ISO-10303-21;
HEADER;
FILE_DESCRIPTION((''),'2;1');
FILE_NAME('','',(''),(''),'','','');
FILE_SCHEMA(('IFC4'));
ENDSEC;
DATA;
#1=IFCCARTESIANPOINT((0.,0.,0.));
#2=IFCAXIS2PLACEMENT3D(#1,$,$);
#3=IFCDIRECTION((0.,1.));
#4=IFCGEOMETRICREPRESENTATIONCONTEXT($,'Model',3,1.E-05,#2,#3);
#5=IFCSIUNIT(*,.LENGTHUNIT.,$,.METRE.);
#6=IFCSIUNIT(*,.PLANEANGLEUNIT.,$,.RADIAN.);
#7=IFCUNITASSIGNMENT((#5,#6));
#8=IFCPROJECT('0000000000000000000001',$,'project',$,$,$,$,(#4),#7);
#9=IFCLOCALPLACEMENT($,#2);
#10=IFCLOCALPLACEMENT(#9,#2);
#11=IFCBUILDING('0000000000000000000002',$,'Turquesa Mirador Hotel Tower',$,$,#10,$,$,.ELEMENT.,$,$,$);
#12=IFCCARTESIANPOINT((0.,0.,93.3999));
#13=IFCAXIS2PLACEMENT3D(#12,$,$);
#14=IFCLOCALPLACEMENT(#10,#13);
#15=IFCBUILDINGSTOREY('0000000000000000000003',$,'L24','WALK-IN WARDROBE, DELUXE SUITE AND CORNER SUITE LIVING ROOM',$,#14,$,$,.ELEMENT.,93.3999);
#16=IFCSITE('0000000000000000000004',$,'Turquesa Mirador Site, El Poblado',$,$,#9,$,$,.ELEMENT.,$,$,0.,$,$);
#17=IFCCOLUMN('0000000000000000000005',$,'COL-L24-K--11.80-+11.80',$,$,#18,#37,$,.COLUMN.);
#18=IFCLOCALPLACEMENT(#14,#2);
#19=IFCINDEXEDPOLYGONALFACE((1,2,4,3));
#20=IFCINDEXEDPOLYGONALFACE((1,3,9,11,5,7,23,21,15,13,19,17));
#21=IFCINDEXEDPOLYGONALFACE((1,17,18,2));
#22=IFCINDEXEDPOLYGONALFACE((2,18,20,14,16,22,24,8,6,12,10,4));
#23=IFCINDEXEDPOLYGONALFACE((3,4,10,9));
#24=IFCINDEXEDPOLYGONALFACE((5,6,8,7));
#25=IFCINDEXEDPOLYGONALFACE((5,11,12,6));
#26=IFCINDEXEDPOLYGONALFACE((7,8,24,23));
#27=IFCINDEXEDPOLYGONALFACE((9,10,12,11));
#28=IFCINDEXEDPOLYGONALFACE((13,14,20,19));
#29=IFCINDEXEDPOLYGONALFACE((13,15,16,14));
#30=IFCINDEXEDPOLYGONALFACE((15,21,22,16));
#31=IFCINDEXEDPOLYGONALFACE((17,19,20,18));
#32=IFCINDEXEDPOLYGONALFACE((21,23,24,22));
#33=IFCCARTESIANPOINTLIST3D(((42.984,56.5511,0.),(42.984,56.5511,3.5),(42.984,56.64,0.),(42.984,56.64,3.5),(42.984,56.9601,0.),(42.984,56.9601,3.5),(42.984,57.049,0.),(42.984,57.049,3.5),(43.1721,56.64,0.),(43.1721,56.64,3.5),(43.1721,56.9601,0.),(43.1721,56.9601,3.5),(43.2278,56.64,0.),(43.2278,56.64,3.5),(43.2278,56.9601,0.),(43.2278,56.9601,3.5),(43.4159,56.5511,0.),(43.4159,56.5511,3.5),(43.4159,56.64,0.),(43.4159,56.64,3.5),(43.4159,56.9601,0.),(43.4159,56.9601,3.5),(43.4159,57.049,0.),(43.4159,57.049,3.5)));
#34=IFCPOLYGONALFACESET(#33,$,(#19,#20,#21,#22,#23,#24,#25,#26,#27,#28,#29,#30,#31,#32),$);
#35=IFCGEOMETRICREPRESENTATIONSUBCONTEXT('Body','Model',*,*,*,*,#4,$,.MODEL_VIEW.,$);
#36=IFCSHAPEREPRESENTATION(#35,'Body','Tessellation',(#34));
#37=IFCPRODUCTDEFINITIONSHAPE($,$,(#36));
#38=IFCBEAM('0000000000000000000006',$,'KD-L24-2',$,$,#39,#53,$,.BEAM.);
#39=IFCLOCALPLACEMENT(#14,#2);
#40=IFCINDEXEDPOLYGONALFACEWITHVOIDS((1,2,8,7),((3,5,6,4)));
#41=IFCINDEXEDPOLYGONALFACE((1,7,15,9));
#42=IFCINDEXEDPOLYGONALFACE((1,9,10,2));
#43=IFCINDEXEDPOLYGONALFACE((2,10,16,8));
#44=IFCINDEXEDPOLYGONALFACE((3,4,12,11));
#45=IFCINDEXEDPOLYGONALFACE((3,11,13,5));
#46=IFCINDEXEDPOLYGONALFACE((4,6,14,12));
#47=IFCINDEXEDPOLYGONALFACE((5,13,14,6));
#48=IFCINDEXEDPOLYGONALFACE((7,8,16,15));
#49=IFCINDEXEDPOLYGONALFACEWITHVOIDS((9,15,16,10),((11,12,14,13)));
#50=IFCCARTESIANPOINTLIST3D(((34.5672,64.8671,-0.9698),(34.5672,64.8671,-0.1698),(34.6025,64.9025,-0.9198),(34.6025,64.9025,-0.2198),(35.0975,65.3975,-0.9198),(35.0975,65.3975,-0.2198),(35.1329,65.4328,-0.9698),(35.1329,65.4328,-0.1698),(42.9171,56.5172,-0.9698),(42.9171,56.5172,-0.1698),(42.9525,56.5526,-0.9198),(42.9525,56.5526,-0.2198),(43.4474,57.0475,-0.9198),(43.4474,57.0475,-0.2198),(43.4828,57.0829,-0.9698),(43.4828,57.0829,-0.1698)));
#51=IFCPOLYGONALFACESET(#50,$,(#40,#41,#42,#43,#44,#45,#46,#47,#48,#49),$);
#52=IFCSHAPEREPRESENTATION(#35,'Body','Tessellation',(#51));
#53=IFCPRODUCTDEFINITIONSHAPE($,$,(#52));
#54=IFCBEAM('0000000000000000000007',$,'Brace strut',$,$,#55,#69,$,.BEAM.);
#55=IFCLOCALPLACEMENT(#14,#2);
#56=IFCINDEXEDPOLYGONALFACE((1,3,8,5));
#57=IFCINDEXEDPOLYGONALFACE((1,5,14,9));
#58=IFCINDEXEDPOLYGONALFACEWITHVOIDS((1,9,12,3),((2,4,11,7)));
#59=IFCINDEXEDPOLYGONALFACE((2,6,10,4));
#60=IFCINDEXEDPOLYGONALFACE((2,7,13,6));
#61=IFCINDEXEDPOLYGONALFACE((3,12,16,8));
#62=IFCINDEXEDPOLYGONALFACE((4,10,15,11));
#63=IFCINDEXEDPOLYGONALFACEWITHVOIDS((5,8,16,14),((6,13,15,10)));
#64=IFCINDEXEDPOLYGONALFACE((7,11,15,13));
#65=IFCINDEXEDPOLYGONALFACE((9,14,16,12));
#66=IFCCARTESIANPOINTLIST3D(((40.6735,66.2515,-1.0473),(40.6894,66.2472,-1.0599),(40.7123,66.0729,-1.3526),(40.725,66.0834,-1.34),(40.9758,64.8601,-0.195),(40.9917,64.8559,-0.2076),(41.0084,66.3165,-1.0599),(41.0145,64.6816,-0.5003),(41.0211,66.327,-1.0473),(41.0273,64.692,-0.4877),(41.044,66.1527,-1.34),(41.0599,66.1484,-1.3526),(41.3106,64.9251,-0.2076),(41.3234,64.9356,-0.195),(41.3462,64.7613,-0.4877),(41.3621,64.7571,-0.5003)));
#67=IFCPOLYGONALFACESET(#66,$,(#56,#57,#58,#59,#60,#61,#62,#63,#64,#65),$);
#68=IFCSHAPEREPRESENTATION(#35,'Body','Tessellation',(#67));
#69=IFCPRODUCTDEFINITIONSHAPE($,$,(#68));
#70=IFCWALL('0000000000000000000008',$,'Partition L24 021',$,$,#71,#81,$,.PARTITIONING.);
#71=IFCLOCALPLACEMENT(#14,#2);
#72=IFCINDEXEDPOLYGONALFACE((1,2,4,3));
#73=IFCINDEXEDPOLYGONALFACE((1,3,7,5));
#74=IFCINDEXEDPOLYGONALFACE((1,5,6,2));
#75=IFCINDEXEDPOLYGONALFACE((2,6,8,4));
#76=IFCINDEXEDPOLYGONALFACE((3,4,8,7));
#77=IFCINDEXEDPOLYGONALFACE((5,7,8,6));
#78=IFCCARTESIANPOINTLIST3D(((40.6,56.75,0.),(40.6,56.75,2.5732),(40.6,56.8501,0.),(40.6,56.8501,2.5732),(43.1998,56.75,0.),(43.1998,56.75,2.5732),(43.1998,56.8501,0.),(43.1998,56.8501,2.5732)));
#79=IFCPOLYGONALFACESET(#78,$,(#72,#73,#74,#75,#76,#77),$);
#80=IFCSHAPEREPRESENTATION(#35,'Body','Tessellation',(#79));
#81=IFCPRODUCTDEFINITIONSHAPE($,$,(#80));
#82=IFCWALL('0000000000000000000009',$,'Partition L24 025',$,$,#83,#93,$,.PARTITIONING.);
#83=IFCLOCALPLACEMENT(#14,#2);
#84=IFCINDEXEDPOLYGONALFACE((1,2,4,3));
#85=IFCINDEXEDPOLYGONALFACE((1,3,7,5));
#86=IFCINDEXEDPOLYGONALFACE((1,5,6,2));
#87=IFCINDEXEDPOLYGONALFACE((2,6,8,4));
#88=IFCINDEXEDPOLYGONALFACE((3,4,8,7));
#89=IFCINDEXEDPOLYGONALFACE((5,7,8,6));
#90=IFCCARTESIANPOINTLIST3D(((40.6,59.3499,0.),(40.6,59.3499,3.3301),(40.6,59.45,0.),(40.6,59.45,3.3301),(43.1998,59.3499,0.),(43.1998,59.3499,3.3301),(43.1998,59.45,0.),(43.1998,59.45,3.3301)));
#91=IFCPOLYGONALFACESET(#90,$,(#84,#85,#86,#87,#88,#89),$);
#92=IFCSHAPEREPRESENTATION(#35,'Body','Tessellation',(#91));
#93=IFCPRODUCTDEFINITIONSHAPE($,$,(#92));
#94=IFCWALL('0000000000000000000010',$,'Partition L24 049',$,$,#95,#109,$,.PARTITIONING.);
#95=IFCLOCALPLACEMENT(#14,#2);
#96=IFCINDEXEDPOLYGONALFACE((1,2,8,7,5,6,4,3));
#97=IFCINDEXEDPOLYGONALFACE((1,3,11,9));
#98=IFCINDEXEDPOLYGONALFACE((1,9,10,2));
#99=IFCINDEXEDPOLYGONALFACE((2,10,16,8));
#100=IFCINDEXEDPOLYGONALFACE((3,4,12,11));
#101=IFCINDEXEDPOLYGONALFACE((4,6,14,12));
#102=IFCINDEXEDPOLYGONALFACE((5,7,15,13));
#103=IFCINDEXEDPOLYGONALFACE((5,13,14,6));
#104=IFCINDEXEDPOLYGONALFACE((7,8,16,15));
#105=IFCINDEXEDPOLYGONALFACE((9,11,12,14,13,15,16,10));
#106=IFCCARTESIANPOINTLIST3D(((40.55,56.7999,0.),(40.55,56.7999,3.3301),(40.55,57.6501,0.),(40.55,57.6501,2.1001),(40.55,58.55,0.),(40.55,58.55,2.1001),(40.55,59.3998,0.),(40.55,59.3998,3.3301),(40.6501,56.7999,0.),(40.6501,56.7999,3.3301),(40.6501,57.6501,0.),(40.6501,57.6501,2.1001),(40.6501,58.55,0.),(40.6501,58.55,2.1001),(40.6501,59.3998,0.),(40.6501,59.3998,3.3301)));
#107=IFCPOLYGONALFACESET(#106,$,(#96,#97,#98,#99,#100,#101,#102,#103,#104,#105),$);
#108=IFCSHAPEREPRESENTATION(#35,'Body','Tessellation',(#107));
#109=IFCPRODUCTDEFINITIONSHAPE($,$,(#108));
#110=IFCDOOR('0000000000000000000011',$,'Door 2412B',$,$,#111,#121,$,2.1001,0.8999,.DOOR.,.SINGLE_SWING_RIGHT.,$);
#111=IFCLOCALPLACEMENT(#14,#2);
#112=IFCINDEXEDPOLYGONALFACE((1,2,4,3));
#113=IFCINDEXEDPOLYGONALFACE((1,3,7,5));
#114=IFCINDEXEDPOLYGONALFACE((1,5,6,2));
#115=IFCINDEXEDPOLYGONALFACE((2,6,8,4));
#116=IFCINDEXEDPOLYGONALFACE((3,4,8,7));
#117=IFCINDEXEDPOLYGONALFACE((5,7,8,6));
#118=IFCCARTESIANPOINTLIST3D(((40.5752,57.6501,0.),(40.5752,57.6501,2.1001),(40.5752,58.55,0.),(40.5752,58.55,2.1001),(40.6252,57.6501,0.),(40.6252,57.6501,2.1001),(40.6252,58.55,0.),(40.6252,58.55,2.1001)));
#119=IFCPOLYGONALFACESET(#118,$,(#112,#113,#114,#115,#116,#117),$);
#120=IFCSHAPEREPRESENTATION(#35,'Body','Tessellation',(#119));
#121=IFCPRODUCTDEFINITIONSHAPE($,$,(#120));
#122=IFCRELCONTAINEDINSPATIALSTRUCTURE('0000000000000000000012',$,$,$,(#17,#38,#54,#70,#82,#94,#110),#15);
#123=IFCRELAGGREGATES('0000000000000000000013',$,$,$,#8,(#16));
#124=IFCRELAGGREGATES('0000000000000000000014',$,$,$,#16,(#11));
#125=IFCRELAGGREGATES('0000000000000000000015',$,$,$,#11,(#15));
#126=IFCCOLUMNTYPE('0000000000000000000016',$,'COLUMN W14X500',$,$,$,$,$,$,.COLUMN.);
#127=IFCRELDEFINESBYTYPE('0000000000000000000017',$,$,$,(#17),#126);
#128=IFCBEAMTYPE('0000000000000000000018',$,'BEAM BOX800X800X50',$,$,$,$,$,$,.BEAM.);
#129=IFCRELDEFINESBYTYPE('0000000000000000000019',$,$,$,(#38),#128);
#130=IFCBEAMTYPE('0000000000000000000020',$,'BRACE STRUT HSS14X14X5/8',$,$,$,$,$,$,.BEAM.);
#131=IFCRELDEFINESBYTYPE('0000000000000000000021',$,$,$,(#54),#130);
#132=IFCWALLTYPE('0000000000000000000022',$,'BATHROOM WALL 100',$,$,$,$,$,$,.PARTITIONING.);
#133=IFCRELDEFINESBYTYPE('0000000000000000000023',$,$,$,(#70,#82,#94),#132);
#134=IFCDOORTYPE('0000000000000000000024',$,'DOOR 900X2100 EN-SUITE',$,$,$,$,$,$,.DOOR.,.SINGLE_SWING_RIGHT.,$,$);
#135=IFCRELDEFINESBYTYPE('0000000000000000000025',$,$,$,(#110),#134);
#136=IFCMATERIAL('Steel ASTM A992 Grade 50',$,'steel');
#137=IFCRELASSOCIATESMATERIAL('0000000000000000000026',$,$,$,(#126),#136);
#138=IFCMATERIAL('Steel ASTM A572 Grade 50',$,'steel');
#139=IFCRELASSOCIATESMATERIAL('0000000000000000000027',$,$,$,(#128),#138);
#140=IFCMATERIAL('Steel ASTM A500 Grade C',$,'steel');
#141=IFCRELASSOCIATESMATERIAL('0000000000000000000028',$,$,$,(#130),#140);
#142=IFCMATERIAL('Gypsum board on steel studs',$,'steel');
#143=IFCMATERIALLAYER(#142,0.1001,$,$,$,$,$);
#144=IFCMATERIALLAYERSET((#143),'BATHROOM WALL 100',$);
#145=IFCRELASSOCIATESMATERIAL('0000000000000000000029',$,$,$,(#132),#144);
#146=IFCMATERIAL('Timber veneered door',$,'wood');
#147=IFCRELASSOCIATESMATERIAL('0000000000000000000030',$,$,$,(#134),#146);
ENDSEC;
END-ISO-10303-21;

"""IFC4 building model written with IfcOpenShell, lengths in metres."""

from ifc_helpers import new_model, si_unit, direction, frame, frame_2d, origin, origin_2d, place, context, subcontext, project, spatial, rectangle, hollow_rectangle, i_section, extrude, material, layer, layer_set, material_profile, profile_set, type_object, element, fill, save


model = new_model("IFC4")

# Units and contexts
model_context = context("Model", 3, precision=1e-05, world=origin(), true_north=direction((0.0, 1.0)))
body_context = subcontext(model_context, "Body", "Model", "MODEL_VIEW")
ifc_project = project(units=[si_unit("LENGTHUNIT", "METRE"), si_unit("PLANEANGLEUNIT", "RADIAN")], contexts=[model_context])

# Site, building, storey
site_placement = place(None, origin())
site = spatial("IfcSite", under=ifc_project, at=site_placement, Name="Turquesa Mirador Site, El Poblado", CompositionType="ELEMENT", RefElevation=0.0)
building_placement = place(site_placement, origin())
building = spatial("IfcBuilding", under=site, at=building_placement, Name="Turquesa Mirador Hotel Tower", CompositionType="ELEMENT")
storey_placement = place(building_placement, frame((0.0, 0.0, 93.3999)))
storey = spatial("IfcBuildingStorey", under=building, at=storey_placement, Name="L24", Description="WALK-IN WARDROBE, DELUXE SUITE AND CORNER SUITE LIVING ROOM", CompositionType="ELEMENT", Elevation=93.3999)

# Column
ifc_material_1 = material(Name="Steel ASTM A992 Grade 50", Category="steel")
ifc_material_profile_1 = material_profile(ifc_material_1, i_section(OverallWidth=0.4319, OverallDepth=0.4978, WebThickness=0.0557, FlangeThickness=0.0889, at=origin_2d()), Name="W14X500")
ifc_profile_set_1 = profile_set([ifc_material_profile_1], Name="Steel ASTM A992 Grade 50")
column_type = type_object("IfcColumnType", Name="COLUMN W14X500", PredefinedType="COLUMN", material=ifc_profile_set_1)
column_placement = place(storey_placement, frame((43.2, 56.8, 0.0), z_axis=(0.0, 0.0, 1.0), x_axis=(1.0, 0.0, 0.0)))
element("IfcColumn", 1, at=column_placement, inside=storey, type_object=column_type, Name="COL-L24-K--11.80-+11.80", PredefinedType="COLUMN", context=body_context, shape_type="SweptSolid", body=[
    extrude(i_section(OverallWidth=0.4319, OverallDepth=0.4978, WebThickness=0.0557, FlangeThickness=0.0889, at=origin_2d()), origin(), (0.0, 0.0, 1.0), 3.5),
])

# Beams
ifc_material_2 = material(Name="Steel ASTM A572 Grade 50", Category="steel")
ifc_material_profile_2 = material_profile(ifc_material_2, hollow_rectangle(XDim=0.8, YDim=0.8, WallThickness=0.05, at=origin_2d()), Name="BOX800X800X50")
ifc_profile_set_2 = profile_set([ifc_material_profile_2], Name="Steel ASTM A572 Grade 50")
beam_type_1 = type_object("IfcBeamType", Name="BEAM BOX800X800X50", PredefinedType="BEAM", material=ifc_profile_set_2)
beam_1_placement = place(storey_placement, frame((43.2, 56.8, -0.5698), z_axis=(-0.707107, 0.707107, 0.0), x_axis=(-0.707107, -0.707107, 0.0)))
element("IfcBeam", 2, at=beam_1_placement, inside=storey, type_object=beam_type_1, Name="KD-L24-2", PredefinedType="BEAM", context=body_context, shape_type="SweptSolid", body=[
    extrude(hollow_rectangle(XDim=0.8, YDim=0.8, WallThickness=0.05, at=origin_2d()), origin(), (0.0, 0.0, 1.0), 11.8086),
])
ifc_material_3 = material(Name="Steel ASTM A500 Grade C", Category="steel")
ifc_material_profile_3 = material_profile(ifc_material_3, hollow_rectangle(XDim=0.3557, YDim=0.3557, WallThickness=0.0146, at=origin_2d()), Name="HSS14X14X5/8")
ifc_profile_set_3 = profile_set([ifc_material_profile_3], Name="Steel ASTM A500 Grade C")
beam_type_2 = type_object("IfcBeamType", Name="BRACE STRUT HSS14X14X5/8", PredefinedType="BEAM", material=ifc_profile_set_3)
beam_2_placement = place(storey_placement, frame((40.8667, 66.2, -1.2), z_axis=(0.182141, -0.838466, 0.513614), x_axis=(0.977209, 0.21228, 0.0)))
element("IfcBeam", 3, at=beam_2_placement, inside=storey, type_object=beam_type_2, Name="Brace strut", PredefinedType="BEAM", context=body_context, shape_type="SweptSolid", body=[
    extrude(hollow_rectangle(XDim=0.3557, YDim=0.3557, WallThickness=0.0146, at=origin_2d()), origin(), (0.0, 0.0, 1.0), 1.6594),
])

# Walls
ifc_material_4 = material(Name="Gypsum board on steel studs", Category="steel")
ifc_layer_1 = layer(ifc_material_4, 0.1001)
ifc_layer_set_1 = layer_set([ifc_layer_1], Name="BATHROOM WALL 100")
wall_type_1 = type_object("IfcWallType", Name="BATHROOM WALL 100", PredefinedType="PARTITIONING", material=ifc_layer_set_1)
wall_1_placement = place(storey_placement, frame((40.6001, 56.8, 0.0), z_axis=(0.0, 0.0, 1.0), x_axis=(1.0, 0.0, 0.0)))
element("IfcWall", 4, at=wall_1_placement, inside=storey, type_object=wall_type_1, Name="Partition L24 021", PredefinedType="PARTITIONING", context=body_context, shape_type="SweptSolid", body=[
    extrude(rectangle(XDim=2.5999, YDim=0.1001, at=frame_2d((1.2998, 0.0))), origin(), (0.0, 0.0, 1.0), 2.5732),
])
wall_2_placement = place(storey_placement, frame((40.6001, 59.3999, 0.0), z_axis=(0.0, 0.0, 1.0), x_axis=(1.0, 0.0, 0.0)))
element("IfcWall", 5, at=wall_2_placement, inside=storey, type_object=wall_type_1, Name="Partition L24 025", PredefinedType="PARTITIONING", context=body_context, shape_type="SweptSolid", body=[
    extrude(rectangle(XDim=2.5999, YDim=0.1001, at=frame_2d((1.2998, 0.0))), origin(), (0.0, 0.0, 1.0), 3.3301),
])

# Wall, opening, door
wall_3_placement = place(storey_placement, frame((40.6001, 56.8, 0.0), z_axis=(0.0, 0.0, 1.0), x_axis=(0.0, 1.0, 0.0)))
wall_3 = element("IfcWall", 6, at=wall_3_placement, inside=storey, type_object=wall_type_1, Name="Partition L24 049", PredefinedType="PARTITIONING", context=body_context, shape_type="SweptSolid", body=[
    extrude(rectangle(XDim=2.5999, YDim=0.1001, at=frame_2d((1.2998, 0.0))), origin(), (0.0, 0.0, 1.0), 3.3301),
])
opening_1_placement = place(wall_3_placement, frame((0.8501, 0.0, 0.0)))
opening_1 = element("IfcOpeningElement", 7, at=opening_1_placement, cuts=wall_3, PredefinedType="OPENING", context=body_context, shape_type="SweptSolid", body=[
    extrude(rectangle(XDim=0.8999, YDim=2.1001, at=frame_2d((0.45, 1.05))), frame((0.0, 0.0601, 0.0), z_axis=(0.0, -1.0, 0.0), x_axis=(1.0, 0.0, 0.0)), (0.0, 0.0, 1.0), 0.1201),
])
ifc_material_5 = material(Name="Timber veneered door", Category="wood")
door_type_1 = type_object("IfcDoorType", Name="DOOR 900X2100 EN-SUITE", OperationType="SINGLE_SWING_RIGHT", PredefinedType="DOOR", material=ifc_material_5)
door_1_placement = place(opening_1_placement, origin())
door_1 = element("IfcDoor", 8, at=door_1_placement, inside=storey, type_object=door_type_1, Name="Door 2412B", OperationType="SINGLE_SWING_RIGHT", OverallHeight=2.1001, OverallWidth=0.8999, PredefinedType="DOOR", context=body_context, shape_type="SweptSolid", body=[
    extrude(rectangle(XDim=0.8999, YDim=2.1001, at=frame_2d((0.45, 1.05))), frame((0.0, 0.0249, 0.0), z_axis=(0.0, -1.0, 0.0), x_axis=(1.0, 0.0, 0.0)), (0.0, 0.0, 1.0), 0.05),
])
fill(opening_1, door_1)

save(model, "model.ifc")
